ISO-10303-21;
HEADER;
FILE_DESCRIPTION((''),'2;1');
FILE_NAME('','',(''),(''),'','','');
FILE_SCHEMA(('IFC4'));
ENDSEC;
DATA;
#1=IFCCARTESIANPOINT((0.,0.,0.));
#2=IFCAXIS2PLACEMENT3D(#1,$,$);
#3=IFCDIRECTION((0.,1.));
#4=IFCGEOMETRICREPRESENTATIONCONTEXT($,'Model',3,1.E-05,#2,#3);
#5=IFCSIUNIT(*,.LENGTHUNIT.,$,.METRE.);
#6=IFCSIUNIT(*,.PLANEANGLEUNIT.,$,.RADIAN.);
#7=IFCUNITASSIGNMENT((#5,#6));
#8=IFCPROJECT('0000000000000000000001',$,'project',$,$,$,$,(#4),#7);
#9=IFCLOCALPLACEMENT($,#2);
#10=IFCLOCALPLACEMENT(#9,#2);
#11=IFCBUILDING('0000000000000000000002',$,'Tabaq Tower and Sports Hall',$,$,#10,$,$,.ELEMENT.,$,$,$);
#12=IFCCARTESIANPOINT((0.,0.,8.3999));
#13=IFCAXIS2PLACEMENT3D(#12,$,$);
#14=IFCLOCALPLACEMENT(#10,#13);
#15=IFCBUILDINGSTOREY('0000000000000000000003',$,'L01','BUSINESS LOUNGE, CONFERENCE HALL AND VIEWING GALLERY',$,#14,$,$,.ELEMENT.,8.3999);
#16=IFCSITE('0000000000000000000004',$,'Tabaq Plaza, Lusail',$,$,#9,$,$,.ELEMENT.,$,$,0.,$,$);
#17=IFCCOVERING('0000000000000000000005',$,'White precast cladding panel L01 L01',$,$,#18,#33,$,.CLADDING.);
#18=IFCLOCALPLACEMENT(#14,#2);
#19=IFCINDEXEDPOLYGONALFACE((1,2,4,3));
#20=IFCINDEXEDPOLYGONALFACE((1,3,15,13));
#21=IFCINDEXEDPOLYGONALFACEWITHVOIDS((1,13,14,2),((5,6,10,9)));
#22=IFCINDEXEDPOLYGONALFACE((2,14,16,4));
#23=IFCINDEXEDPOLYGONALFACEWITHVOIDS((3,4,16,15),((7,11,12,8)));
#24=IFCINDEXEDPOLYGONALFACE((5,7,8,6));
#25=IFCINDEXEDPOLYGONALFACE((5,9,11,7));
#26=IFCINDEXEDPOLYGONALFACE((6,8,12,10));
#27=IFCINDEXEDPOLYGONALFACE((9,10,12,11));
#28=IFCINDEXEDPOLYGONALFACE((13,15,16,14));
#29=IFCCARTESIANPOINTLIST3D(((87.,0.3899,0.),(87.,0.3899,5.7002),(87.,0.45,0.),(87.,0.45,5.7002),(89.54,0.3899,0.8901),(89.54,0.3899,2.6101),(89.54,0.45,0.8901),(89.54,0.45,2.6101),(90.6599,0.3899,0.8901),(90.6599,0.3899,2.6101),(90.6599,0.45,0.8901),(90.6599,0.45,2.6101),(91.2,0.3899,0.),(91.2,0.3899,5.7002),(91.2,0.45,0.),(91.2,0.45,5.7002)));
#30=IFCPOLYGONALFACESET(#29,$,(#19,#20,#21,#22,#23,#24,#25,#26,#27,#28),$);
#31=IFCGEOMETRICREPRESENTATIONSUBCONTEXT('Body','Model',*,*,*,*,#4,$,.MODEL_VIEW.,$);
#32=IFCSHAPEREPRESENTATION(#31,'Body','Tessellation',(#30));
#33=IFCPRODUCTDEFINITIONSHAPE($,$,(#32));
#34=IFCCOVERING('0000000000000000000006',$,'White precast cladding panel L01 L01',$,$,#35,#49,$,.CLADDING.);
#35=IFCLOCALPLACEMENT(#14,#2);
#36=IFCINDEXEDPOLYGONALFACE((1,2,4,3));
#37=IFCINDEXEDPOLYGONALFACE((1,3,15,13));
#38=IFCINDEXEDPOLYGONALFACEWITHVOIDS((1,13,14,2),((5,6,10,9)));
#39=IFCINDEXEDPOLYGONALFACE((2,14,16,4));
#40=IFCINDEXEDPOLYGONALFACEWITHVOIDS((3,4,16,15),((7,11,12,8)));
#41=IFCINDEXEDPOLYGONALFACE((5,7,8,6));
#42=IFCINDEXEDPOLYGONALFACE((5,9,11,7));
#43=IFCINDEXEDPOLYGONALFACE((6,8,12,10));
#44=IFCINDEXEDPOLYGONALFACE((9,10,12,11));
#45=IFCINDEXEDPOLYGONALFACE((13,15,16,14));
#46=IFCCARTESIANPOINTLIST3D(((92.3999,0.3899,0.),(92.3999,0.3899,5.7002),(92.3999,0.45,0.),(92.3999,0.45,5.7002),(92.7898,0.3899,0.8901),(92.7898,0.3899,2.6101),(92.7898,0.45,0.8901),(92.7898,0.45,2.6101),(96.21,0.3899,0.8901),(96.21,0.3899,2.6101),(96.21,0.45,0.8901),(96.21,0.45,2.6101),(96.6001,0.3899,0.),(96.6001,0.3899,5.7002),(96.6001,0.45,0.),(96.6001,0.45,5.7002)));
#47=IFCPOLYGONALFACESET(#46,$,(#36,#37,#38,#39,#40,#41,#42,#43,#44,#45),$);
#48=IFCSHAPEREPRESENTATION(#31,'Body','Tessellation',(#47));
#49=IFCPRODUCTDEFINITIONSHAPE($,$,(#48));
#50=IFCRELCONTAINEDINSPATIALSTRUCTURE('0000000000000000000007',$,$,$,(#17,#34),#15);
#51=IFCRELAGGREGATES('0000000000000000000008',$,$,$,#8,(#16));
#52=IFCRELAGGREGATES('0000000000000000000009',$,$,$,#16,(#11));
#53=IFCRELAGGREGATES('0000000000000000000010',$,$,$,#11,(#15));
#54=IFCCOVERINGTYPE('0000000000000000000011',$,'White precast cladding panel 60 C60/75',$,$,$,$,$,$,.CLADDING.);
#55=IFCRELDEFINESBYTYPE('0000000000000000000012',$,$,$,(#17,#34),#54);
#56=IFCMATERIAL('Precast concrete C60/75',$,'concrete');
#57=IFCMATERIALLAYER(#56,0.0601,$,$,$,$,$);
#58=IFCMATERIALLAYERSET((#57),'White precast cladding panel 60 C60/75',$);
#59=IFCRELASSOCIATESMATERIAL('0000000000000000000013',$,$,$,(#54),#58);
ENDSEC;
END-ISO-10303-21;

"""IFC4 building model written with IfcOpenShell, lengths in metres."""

from ifc_helpers import new_model, si_unit, direction, frame, origin, place, context, subcontext, project, spatial, polyline, outline, extrude, material, layer, layer_set, type_object, element, save


model = new_model("IFC4")

# Units and contexts
model_context = context("Model", 3, precision=1e-05, world=origin(), true_north=direction((0.0, 1.0)))
body_context = subcontext(model_context, "Body", "Model", "MODEL_VIEW")
ifc_project = project(units=[si_unit("LENGTHUNIT", "METRE"), si_unit("PLANEANGLEUNIT", "RADIAN")], contexts=[model_context])

# Site, building, storey
site_placement = place(None, origin())
site = spatial("IfcSite", under=ifc_project, at=site_placement, Name="Tabaq Plaza, Lusail", CompositionType="ELEMENT", RefElevation=0.0)
building_placement = place(site_placement, origin())
building = spatial("IfcBuilding", under=site, at=building_placement, Name="Tabaq Tower and Sports Hall", CompositionType="ELEMENT")
storey_placement = place(building_placement, frame((0.0, 0.0, 8.3999)))
storey = spatial("IfcBuildingStorey", under=building, at=storey_placement, Name="L01", Description="BUSINESS LOUNGE, CONFERENCE HALL AND VIEWING GALLERY", CompositionType="ELEMENT", Elevation=8.3999)

# Coverings
ifc_material_1 = material(Name="Precast concrete C60/75", Category="concrete")
ifc_layer_1 = layer(ifc_material_1, 0.0601)
ifc_layer_set_1 = layer_set([ifc_layer_1], Name="White precast cladding panel 60 C60/75")
covering_type = type_object("IfcCoveringType", Name="White precast cladding panel 60 C60/75", PredefinedType="CLADDING", material=ifc_layer_set_1)
covering_1_placement = place(storey_placement, frame((87.0, 0.4199, 0.0), z_axis=(0.0, 0.0, 1.0), x_axis=(1.0, 0.0, 0.0)))
element("IfcCovering", 1, at=covering_1_placement, inside=storey, type_object=covering_type, Name="White precast cladding panel L01 L01", PredefinedType="CLADDING", context=body_context, shape_type="SweptSolid", body=[
    extrude(outline(polyline([(0.0, 0.0), (4.2, 0.0), (4.2, 5.7002), (0.0, 5.7002), (0.0, 0.0)]), holes=[polyline([(2.54, 0.8901), (2.54, 2.6101), (3.6599, 2.6101), (3.6599, 0.8901), (2.54, 0.8901)])]), frame((0.0, 0.03, 0.0), z_axis=(0.0, -1.0, 0.0), x_axis=(1.0, 0.0, 0.0)), (0.0, 0.0, 1.0), 0.0601),
])
covering_2_placement = place(storey_placement, frame((92.3999, 0.4199, 0.0), z_axis=(0.0, 0.0, 1.0), x_axis=(1.0, 0.0, 0.0)))
element("IfcCovering", 2, at=covering_2_placement, inside=storey, type_object=covering_type, Name="White precast cladding panel L01 L01", PredefinedType="CLADDING", context=body_context, shape_type="SweptSolid", body=[
    extrude(outline(polyline([(0.0, 0.0), (4.2002, 0.0), (4.2002, 5.7002), (0.0, 5.7002), (0.0, 0.0)]), holes=[polyline([(0.3899, 0.8901), (0.3899, 2.6101), (3.8101, 2.6101), (3.8101, 0.8901), (0.3899, 0.8901)])]), frame((0.0, 0.03, 0.0), z_axis=(0.0, -1.0, 0.0), x_axis=(1.0, 0.0, 0.0)), (0.0, 0.0, 1.0), 0.0601),
])

save(model, "model.ifc")
